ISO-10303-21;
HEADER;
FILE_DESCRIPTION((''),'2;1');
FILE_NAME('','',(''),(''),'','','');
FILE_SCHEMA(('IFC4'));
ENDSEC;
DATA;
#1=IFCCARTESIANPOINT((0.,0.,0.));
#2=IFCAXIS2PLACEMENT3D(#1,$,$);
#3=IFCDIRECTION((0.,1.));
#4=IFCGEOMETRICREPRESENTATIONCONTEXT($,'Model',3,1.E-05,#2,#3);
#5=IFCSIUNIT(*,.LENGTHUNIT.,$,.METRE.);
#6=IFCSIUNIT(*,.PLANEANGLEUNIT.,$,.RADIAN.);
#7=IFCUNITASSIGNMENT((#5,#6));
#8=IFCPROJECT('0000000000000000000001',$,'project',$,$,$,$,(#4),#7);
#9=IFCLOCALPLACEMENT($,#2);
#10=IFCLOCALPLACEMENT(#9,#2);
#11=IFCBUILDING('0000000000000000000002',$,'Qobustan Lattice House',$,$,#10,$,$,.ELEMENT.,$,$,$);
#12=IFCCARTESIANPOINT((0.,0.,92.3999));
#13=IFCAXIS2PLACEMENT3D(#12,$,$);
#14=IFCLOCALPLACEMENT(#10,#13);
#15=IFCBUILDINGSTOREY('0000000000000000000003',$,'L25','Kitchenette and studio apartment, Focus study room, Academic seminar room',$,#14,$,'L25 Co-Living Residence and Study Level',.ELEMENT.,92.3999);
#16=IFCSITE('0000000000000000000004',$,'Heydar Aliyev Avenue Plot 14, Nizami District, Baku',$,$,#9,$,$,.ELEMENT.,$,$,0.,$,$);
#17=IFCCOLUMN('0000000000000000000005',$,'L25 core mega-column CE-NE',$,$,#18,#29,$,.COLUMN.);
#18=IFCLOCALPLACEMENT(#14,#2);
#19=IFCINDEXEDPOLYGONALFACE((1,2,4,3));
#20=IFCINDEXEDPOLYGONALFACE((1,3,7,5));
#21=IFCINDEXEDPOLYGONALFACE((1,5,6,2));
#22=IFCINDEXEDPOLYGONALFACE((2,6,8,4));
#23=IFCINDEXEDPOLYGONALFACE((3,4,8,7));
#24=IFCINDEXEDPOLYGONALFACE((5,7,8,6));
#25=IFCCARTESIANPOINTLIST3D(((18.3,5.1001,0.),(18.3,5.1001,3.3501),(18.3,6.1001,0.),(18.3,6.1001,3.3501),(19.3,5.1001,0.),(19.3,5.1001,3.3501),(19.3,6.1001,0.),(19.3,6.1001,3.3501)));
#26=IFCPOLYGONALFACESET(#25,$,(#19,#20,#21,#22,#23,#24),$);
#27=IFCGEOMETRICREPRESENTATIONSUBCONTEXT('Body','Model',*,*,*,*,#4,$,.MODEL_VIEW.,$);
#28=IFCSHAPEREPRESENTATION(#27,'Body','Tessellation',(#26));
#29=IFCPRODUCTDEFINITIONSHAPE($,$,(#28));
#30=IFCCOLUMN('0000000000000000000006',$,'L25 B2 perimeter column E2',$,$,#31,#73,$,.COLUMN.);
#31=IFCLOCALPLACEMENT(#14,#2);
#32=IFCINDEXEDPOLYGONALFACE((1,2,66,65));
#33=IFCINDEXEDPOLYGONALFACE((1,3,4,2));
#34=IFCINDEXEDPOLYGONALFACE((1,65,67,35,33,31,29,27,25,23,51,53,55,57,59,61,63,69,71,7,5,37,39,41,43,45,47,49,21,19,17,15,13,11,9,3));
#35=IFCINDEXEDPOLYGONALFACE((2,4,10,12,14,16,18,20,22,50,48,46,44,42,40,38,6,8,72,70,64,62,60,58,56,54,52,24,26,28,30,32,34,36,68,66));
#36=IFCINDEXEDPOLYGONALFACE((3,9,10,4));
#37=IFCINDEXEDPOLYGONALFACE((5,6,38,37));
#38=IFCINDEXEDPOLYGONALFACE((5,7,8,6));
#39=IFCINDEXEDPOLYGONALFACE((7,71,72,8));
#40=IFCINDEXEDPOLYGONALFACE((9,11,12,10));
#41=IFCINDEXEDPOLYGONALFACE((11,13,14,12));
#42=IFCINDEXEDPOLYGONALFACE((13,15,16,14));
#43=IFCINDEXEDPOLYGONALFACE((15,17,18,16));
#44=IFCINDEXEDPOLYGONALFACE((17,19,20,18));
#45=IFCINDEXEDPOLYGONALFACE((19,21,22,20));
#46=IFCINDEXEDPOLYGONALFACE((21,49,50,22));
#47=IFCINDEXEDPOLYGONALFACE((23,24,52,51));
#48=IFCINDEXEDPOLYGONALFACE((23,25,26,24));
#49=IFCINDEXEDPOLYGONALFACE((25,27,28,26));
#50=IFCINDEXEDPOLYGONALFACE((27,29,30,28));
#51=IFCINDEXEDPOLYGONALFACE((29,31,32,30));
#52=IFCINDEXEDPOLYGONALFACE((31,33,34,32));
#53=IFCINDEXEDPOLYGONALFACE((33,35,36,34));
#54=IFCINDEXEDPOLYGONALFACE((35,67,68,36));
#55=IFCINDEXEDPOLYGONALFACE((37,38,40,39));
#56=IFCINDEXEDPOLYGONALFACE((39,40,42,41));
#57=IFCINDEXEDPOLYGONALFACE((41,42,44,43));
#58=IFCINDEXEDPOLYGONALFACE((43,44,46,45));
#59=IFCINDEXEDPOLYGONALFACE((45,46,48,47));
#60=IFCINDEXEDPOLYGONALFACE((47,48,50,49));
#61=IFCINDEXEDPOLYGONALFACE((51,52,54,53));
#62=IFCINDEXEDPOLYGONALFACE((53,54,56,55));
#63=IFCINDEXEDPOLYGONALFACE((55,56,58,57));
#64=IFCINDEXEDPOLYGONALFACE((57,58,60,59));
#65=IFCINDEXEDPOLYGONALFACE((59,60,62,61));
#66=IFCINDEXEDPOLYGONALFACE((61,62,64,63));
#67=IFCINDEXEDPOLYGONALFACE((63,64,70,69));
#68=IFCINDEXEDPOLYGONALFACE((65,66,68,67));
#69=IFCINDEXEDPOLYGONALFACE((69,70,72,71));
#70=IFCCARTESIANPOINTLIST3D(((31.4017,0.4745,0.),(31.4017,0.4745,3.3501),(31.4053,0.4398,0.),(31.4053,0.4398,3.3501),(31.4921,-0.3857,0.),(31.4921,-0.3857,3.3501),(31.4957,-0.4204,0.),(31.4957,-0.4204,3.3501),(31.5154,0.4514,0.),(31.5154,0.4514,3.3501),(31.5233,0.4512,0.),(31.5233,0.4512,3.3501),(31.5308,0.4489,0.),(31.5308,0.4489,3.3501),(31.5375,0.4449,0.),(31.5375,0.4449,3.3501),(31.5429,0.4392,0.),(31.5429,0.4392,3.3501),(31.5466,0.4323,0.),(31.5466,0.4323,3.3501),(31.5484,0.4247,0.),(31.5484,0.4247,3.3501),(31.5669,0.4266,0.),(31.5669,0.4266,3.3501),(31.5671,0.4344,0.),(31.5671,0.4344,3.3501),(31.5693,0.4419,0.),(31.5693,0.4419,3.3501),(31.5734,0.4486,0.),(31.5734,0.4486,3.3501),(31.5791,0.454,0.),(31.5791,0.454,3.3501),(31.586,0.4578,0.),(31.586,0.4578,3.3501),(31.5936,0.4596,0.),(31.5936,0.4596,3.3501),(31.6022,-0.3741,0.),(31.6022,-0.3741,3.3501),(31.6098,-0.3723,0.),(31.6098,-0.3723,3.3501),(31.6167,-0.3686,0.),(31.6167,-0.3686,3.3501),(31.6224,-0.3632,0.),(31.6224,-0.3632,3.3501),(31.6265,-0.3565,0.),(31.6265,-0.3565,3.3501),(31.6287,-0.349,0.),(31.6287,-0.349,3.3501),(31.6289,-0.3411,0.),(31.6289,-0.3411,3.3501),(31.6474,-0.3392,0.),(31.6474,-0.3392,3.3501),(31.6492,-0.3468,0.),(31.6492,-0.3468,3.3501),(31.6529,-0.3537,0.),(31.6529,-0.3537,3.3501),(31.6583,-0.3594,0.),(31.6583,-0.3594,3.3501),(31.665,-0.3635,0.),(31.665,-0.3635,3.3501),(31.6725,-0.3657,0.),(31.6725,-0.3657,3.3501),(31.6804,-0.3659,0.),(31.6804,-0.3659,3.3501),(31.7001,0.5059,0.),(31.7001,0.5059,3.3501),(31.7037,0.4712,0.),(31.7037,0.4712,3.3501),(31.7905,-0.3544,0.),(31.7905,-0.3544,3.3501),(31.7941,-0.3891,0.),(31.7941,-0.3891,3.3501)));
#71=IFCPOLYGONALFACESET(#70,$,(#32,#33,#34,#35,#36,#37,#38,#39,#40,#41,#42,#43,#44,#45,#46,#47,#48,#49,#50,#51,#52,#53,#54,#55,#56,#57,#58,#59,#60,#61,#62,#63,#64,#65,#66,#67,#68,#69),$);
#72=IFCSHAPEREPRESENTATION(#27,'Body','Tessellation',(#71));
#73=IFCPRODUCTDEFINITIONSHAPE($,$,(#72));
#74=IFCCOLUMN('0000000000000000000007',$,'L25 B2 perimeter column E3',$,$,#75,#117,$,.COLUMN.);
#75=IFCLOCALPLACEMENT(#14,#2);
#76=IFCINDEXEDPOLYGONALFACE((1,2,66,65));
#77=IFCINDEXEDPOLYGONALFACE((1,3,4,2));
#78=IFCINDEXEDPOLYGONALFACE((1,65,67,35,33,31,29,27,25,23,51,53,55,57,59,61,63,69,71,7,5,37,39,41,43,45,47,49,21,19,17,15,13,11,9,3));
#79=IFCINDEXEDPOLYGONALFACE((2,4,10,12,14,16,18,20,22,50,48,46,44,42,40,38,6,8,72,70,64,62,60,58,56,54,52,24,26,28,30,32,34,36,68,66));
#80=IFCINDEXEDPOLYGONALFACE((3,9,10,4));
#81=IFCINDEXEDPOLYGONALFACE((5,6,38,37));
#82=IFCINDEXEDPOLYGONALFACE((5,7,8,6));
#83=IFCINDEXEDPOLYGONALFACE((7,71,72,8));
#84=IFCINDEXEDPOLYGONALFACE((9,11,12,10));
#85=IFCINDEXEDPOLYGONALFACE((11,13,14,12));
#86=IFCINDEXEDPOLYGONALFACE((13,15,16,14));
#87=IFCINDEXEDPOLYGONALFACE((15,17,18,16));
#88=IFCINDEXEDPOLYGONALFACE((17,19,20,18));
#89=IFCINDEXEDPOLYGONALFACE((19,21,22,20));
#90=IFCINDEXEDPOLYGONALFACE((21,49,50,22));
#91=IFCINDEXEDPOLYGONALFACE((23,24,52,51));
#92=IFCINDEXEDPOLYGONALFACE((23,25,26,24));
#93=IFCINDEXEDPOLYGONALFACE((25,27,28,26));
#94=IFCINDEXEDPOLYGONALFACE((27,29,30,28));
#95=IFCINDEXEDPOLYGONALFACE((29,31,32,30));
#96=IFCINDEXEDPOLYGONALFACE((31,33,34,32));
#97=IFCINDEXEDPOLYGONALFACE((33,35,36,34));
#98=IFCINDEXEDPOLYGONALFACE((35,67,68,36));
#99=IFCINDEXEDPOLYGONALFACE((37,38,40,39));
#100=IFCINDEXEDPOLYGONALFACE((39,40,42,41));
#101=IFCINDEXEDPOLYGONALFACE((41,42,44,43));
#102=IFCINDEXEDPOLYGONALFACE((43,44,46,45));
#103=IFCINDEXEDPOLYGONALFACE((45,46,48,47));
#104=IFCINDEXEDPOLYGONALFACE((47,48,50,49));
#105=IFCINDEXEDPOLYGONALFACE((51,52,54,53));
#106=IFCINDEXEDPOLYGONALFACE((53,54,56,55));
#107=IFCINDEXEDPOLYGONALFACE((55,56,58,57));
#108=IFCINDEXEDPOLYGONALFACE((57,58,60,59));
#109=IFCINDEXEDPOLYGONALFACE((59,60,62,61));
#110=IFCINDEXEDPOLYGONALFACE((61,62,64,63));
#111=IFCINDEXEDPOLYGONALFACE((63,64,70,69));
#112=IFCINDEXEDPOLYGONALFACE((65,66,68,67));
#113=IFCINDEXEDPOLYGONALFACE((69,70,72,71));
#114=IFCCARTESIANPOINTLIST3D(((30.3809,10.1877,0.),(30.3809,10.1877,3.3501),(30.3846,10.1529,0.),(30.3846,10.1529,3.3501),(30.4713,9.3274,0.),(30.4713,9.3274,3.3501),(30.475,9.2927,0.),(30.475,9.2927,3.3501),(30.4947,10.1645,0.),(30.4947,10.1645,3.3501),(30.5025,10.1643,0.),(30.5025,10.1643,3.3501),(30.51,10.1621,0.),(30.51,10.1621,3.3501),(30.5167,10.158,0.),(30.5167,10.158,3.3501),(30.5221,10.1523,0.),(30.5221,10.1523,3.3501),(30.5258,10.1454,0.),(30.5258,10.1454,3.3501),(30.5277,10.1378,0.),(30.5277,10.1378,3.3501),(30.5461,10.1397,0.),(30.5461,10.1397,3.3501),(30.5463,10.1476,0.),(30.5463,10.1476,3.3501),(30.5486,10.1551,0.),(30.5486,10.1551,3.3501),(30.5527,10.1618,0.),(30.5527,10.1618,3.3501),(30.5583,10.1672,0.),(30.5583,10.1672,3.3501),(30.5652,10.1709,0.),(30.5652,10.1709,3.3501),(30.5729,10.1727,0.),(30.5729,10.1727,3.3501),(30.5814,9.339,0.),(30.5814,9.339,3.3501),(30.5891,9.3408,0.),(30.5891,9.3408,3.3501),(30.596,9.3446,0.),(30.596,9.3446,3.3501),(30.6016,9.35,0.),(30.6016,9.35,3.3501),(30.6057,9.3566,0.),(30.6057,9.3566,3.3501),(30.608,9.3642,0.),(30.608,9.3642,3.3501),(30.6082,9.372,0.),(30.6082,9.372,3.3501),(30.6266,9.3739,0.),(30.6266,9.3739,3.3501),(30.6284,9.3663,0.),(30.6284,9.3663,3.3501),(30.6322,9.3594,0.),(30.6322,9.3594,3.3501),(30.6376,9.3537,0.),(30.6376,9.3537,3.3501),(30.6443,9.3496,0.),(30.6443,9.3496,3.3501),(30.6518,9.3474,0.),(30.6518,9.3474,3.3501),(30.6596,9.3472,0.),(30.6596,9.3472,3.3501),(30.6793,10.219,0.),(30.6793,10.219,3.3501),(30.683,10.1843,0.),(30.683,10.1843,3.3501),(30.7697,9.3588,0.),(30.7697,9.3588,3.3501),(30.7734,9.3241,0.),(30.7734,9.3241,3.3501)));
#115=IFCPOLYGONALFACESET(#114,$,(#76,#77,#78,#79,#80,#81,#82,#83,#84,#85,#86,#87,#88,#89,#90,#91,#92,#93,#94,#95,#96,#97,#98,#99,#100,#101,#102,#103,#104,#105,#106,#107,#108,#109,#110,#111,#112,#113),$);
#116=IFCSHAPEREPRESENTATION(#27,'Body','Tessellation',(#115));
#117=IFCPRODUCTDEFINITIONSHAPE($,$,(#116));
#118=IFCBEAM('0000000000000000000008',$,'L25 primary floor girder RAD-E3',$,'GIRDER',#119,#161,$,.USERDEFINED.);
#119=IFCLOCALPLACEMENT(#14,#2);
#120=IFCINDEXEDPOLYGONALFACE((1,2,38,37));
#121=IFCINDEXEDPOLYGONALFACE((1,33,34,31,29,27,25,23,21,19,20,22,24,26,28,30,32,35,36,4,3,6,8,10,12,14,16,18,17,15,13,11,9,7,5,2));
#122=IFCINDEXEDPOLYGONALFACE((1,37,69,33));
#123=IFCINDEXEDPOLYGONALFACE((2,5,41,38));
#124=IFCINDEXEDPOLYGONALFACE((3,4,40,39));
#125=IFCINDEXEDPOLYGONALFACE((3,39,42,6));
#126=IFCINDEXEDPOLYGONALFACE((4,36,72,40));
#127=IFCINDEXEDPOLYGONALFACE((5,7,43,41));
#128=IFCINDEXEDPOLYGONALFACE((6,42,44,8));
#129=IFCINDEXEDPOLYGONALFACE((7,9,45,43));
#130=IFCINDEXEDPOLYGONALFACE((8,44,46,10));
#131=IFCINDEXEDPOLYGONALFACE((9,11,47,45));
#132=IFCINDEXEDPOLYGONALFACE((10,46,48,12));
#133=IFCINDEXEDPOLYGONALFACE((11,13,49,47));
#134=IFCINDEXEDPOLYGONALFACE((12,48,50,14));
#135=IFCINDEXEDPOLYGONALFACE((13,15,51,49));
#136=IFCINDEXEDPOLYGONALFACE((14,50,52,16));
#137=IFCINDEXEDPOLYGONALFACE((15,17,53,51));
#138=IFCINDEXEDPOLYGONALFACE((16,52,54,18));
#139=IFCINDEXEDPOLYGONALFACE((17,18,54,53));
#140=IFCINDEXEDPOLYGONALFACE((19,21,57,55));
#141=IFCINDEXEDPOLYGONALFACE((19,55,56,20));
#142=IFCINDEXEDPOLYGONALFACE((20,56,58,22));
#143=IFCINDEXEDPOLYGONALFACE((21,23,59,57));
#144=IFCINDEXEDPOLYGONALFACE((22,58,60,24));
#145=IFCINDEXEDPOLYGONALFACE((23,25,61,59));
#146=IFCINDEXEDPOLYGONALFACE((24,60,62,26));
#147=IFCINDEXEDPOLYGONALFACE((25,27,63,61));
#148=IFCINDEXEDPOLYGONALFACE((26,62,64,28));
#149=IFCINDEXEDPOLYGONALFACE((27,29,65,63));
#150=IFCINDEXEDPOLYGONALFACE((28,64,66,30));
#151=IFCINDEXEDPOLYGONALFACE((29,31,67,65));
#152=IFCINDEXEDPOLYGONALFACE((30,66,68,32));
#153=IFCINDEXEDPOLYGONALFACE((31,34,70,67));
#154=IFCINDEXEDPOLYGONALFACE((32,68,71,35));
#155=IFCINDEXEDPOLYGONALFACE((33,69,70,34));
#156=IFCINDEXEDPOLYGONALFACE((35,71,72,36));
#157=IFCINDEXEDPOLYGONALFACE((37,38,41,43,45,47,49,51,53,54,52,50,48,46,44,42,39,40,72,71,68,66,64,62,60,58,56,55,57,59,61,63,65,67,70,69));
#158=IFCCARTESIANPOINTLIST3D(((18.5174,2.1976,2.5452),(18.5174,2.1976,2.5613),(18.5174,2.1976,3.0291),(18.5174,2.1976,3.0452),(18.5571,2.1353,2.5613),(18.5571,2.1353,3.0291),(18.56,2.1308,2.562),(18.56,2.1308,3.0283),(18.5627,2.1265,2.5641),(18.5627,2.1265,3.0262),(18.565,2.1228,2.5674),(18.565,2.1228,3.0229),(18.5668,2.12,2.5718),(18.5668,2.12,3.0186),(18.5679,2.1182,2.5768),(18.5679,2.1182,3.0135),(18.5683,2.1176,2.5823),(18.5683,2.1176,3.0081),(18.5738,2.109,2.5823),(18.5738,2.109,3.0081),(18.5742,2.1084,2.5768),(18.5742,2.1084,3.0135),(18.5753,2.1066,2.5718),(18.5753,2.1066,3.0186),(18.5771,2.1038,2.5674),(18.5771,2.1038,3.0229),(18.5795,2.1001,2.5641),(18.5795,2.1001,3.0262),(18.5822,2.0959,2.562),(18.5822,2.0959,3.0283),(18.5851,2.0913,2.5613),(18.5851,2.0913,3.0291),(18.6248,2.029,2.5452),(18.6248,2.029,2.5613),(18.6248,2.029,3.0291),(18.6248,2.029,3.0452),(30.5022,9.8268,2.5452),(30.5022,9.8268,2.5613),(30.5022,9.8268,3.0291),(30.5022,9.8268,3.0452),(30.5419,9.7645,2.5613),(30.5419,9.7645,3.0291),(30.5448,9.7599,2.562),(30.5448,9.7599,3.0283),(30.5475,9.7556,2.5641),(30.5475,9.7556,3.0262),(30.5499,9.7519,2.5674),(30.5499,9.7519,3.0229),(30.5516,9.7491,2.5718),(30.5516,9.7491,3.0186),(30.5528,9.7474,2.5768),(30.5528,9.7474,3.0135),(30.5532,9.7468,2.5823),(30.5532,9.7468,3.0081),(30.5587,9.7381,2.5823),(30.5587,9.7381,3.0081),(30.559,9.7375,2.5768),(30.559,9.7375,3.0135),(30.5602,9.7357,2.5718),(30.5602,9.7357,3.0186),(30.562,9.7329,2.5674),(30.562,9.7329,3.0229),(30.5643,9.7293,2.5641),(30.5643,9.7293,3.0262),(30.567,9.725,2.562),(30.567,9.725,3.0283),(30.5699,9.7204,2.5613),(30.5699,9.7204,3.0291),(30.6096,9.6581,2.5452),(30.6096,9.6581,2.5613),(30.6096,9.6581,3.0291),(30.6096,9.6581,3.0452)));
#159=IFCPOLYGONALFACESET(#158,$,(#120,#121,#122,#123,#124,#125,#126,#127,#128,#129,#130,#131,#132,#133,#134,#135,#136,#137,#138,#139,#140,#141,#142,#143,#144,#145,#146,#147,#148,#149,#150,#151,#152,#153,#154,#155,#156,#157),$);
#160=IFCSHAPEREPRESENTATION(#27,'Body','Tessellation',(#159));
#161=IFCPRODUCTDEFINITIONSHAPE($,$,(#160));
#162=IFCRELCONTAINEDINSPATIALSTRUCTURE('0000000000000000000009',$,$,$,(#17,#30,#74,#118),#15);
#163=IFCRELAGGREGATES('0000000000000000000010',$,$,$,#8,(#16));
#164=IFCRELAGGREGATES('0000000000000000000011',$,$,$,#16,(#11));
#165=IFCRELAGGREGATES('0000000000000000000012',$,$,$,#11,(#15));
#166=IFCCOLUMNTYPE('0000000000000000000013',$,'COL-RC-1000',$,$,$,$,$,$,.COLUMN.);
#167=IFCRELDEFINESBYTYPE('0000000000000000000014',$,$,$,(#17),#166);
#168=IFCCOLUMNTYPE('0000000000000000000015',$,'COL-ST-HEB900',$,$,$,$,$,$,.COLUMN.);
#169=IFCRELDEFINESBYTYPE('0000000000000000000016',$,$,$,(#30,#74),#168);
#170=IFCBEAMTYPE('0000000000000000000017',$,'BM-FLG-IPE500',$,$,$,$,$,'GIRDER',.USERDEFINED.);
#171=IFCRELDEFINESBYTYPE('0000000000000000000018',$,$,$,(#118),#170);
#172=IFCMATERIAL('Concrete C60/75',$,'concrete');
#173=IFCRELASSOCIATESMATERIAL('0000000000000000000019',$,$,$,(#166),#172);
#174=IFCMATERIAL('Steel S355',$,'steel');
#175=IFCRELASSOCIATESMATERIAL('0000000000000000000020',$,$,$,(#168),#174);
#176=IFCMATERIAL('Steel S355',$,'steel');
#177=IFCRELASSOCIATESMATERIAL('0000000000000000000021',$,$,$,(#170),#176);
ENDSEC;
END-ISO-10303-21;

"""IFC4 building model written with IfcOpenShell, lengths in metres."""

from ifc_helpers import new_model, si_unit, direction, frame, origin, origin_2d, place, context, subcontext, project, spatial, rectangle, i_section, extrude, material, material_profile, profile_set, type_object, element, save


model = new_model("IFC4")

# Units and contexts
model_context = context("Model", 3, precision=1e-05, world=origin(), true_north=direction((0.0, 1.0)))
body_context = subcontext(model_context, "Body", "Model", "MODEL_VIEW")
ifc_project = project(units=[si_unit("LENGTHUNIT", "METRE"), si_unit("PLANEANGLEUNIT", "RADIAN")], contexts=[model_context])

# Site, building, storey
site_placement = place(None, origin())
site = spatial("IfcSite", under=ifc_project, at=site_placement, Name="Heydar Aliyev Avenue Plot 14, Nizami District, Baku", CompositionType="ELEMENT", RefElevation=0.0)
building_placement = place(site_placement, origin())
building = spatial("IfcBuilding", under=site, at=building_placement, Name="Qobustan Lattice House", CompositionType="ELEMENT")
storey_placement = place(building_placement, frame((0.0, 0.0, 92.3999)))
storey = spatial("IfcBuildingStorey", under=building, at=storey_placement, Name="L25", Description="Kitchenette and studio apartment, Focus study room, Academic seminar room", LongName="L25 Co-Living Residence and Study Level", CompositionType="ELEMENT", Elevation=92.3999)

# Columns
ifc_material_1 = material(Name="Concrete C60/75", Category="concrete")
ifc_material_profile_1 = material_profile(ifc_material_1, rectangle(XDim=1.0, YDim=1.0, at=origin_2d()), Name="RC1000x1000")
ifc_profile_set_1 = profile_set([ifc_material_profile_1], Name="Concrete C60/75")
column_type_1 = type_object("IfcColumnType", Name="COL-RC-1000", PredefinedType="COLUMN", material=ifc_profile_set_1)
column_placement = place(storey_placement, frame((18.8, 5.6001, 0.0), z_axis=(0.0, 0.0, 1.0), x_axis=(1.0, 0.0, 0.0)))
element("IfcColumn", 1, at=column_placement, inside=storey, type_object=column_type_1, Name="L25 core mega-column CE-NE", PredefinedType="COLUMN", context=body_context, shape_type="SweptSolid", body=[
    extrude(rectangle(XDim=1.0, YDim=1.0, at=origin_2d()), origin(), (0.0, 0.0, 1.0), 3.3501),
])
ifc_material_2 = material(Name="Steel S355", Category="steel")
ifc_material_profile_2 = material_profile(ifc_material_2, i_section(OverallWidth=0.3, OverallDepth=0.8999, WebThickness=0.0186, FlangeThickness=0.0349, FilletRadius=0.03, at=origin_2d()), Name="HEB900")
ifc_profile_set_2 = profile_set([ifc_material_profile_2], Name="Steel S355")
column_type_2 = type_object("IfcColumnType", Name="COL-ST-HEB900", PredefinedType="COLUMN", material=ifc_profile_set_2)
for number, where, z_axis, x_axis, name in (
    (2, (31.5979, 0.0427, 0.0), (0.0, 0.0, 1.0), (0.994522, 0.104528, 0.0), "L25 B2 perimeter column E2"),
    (3, (30.5771, 9.7559, 0.0), (0.0, 0.0, 1.0), (0.994522, 0.104528, 0.0), "L25 B2 perimeter column E3"),
):
    element("IfcColumn", number, at=place(storey_placement, frame(where, z_axis=z_axis, x_axis=x_axis)), inside=storey, type_object=column_type_2, Name=name, PredefinedType="COLUMN", context=body_context, shape_type="SweptSolid", body=[
        extrude(i_section(OverallWidth=0.3, OverallDepth=0.8999, WebThickness=0.0186, FlangeThickness=0.0349, FilletRadius=0.03, at=origin_2d()), origin(), (0.0, 0.0, 1.0), 3.3501),
    ])

# Beam
ifc_material_3 = material(Name="Steel S355", Category="steel")
ifc_material_profile_3 = material_profile(ifc_material_3, i_section(OverallWidth=0.2, OverallDepth=0.5, WebThickness=0.0103, FlangeThickness=0.0161, FilletRadius=0.021, at=origin_2d()), Name="IPE500")
ifc_profile_set_3 = profile_set([ifc_material_profile_3], Name="Steel S355")
beam_type_1 = type_object("IfcBeamType", Name="BM-FLG-IPE500", ElementType="GIRDER", PredefinedType="USERDEFINED", material=ifc_profile_set_3)
beam_1_placement = place(storey_placement, frame((30.5559, 9.7424, 2.7952), z_axis=(-0.843584, -0.536997, 0.0), x_axis=(0.536997, -0.843584, 0.0)))
element("IfcBeam", 4, at=beam_1_placement, inside=storey, type_object=beam_type_1, Name="L25 primary floor girder RAD-E3", ObjectType="GIRDER", PredefinedType="USERDEFINED", context=body_context, shape_type="SweptSolid", body=[
    extrude(i_section(OverallWidth=0.2, OverallDepth=0.5, WebThickness=0.0103, FlangeThickness=0.0161, FilletRadius=0.021, at=origin_2d()), origin(), (0.0, 0.0, 1.0), 14.207),
])

save(model, "model.ifc")
